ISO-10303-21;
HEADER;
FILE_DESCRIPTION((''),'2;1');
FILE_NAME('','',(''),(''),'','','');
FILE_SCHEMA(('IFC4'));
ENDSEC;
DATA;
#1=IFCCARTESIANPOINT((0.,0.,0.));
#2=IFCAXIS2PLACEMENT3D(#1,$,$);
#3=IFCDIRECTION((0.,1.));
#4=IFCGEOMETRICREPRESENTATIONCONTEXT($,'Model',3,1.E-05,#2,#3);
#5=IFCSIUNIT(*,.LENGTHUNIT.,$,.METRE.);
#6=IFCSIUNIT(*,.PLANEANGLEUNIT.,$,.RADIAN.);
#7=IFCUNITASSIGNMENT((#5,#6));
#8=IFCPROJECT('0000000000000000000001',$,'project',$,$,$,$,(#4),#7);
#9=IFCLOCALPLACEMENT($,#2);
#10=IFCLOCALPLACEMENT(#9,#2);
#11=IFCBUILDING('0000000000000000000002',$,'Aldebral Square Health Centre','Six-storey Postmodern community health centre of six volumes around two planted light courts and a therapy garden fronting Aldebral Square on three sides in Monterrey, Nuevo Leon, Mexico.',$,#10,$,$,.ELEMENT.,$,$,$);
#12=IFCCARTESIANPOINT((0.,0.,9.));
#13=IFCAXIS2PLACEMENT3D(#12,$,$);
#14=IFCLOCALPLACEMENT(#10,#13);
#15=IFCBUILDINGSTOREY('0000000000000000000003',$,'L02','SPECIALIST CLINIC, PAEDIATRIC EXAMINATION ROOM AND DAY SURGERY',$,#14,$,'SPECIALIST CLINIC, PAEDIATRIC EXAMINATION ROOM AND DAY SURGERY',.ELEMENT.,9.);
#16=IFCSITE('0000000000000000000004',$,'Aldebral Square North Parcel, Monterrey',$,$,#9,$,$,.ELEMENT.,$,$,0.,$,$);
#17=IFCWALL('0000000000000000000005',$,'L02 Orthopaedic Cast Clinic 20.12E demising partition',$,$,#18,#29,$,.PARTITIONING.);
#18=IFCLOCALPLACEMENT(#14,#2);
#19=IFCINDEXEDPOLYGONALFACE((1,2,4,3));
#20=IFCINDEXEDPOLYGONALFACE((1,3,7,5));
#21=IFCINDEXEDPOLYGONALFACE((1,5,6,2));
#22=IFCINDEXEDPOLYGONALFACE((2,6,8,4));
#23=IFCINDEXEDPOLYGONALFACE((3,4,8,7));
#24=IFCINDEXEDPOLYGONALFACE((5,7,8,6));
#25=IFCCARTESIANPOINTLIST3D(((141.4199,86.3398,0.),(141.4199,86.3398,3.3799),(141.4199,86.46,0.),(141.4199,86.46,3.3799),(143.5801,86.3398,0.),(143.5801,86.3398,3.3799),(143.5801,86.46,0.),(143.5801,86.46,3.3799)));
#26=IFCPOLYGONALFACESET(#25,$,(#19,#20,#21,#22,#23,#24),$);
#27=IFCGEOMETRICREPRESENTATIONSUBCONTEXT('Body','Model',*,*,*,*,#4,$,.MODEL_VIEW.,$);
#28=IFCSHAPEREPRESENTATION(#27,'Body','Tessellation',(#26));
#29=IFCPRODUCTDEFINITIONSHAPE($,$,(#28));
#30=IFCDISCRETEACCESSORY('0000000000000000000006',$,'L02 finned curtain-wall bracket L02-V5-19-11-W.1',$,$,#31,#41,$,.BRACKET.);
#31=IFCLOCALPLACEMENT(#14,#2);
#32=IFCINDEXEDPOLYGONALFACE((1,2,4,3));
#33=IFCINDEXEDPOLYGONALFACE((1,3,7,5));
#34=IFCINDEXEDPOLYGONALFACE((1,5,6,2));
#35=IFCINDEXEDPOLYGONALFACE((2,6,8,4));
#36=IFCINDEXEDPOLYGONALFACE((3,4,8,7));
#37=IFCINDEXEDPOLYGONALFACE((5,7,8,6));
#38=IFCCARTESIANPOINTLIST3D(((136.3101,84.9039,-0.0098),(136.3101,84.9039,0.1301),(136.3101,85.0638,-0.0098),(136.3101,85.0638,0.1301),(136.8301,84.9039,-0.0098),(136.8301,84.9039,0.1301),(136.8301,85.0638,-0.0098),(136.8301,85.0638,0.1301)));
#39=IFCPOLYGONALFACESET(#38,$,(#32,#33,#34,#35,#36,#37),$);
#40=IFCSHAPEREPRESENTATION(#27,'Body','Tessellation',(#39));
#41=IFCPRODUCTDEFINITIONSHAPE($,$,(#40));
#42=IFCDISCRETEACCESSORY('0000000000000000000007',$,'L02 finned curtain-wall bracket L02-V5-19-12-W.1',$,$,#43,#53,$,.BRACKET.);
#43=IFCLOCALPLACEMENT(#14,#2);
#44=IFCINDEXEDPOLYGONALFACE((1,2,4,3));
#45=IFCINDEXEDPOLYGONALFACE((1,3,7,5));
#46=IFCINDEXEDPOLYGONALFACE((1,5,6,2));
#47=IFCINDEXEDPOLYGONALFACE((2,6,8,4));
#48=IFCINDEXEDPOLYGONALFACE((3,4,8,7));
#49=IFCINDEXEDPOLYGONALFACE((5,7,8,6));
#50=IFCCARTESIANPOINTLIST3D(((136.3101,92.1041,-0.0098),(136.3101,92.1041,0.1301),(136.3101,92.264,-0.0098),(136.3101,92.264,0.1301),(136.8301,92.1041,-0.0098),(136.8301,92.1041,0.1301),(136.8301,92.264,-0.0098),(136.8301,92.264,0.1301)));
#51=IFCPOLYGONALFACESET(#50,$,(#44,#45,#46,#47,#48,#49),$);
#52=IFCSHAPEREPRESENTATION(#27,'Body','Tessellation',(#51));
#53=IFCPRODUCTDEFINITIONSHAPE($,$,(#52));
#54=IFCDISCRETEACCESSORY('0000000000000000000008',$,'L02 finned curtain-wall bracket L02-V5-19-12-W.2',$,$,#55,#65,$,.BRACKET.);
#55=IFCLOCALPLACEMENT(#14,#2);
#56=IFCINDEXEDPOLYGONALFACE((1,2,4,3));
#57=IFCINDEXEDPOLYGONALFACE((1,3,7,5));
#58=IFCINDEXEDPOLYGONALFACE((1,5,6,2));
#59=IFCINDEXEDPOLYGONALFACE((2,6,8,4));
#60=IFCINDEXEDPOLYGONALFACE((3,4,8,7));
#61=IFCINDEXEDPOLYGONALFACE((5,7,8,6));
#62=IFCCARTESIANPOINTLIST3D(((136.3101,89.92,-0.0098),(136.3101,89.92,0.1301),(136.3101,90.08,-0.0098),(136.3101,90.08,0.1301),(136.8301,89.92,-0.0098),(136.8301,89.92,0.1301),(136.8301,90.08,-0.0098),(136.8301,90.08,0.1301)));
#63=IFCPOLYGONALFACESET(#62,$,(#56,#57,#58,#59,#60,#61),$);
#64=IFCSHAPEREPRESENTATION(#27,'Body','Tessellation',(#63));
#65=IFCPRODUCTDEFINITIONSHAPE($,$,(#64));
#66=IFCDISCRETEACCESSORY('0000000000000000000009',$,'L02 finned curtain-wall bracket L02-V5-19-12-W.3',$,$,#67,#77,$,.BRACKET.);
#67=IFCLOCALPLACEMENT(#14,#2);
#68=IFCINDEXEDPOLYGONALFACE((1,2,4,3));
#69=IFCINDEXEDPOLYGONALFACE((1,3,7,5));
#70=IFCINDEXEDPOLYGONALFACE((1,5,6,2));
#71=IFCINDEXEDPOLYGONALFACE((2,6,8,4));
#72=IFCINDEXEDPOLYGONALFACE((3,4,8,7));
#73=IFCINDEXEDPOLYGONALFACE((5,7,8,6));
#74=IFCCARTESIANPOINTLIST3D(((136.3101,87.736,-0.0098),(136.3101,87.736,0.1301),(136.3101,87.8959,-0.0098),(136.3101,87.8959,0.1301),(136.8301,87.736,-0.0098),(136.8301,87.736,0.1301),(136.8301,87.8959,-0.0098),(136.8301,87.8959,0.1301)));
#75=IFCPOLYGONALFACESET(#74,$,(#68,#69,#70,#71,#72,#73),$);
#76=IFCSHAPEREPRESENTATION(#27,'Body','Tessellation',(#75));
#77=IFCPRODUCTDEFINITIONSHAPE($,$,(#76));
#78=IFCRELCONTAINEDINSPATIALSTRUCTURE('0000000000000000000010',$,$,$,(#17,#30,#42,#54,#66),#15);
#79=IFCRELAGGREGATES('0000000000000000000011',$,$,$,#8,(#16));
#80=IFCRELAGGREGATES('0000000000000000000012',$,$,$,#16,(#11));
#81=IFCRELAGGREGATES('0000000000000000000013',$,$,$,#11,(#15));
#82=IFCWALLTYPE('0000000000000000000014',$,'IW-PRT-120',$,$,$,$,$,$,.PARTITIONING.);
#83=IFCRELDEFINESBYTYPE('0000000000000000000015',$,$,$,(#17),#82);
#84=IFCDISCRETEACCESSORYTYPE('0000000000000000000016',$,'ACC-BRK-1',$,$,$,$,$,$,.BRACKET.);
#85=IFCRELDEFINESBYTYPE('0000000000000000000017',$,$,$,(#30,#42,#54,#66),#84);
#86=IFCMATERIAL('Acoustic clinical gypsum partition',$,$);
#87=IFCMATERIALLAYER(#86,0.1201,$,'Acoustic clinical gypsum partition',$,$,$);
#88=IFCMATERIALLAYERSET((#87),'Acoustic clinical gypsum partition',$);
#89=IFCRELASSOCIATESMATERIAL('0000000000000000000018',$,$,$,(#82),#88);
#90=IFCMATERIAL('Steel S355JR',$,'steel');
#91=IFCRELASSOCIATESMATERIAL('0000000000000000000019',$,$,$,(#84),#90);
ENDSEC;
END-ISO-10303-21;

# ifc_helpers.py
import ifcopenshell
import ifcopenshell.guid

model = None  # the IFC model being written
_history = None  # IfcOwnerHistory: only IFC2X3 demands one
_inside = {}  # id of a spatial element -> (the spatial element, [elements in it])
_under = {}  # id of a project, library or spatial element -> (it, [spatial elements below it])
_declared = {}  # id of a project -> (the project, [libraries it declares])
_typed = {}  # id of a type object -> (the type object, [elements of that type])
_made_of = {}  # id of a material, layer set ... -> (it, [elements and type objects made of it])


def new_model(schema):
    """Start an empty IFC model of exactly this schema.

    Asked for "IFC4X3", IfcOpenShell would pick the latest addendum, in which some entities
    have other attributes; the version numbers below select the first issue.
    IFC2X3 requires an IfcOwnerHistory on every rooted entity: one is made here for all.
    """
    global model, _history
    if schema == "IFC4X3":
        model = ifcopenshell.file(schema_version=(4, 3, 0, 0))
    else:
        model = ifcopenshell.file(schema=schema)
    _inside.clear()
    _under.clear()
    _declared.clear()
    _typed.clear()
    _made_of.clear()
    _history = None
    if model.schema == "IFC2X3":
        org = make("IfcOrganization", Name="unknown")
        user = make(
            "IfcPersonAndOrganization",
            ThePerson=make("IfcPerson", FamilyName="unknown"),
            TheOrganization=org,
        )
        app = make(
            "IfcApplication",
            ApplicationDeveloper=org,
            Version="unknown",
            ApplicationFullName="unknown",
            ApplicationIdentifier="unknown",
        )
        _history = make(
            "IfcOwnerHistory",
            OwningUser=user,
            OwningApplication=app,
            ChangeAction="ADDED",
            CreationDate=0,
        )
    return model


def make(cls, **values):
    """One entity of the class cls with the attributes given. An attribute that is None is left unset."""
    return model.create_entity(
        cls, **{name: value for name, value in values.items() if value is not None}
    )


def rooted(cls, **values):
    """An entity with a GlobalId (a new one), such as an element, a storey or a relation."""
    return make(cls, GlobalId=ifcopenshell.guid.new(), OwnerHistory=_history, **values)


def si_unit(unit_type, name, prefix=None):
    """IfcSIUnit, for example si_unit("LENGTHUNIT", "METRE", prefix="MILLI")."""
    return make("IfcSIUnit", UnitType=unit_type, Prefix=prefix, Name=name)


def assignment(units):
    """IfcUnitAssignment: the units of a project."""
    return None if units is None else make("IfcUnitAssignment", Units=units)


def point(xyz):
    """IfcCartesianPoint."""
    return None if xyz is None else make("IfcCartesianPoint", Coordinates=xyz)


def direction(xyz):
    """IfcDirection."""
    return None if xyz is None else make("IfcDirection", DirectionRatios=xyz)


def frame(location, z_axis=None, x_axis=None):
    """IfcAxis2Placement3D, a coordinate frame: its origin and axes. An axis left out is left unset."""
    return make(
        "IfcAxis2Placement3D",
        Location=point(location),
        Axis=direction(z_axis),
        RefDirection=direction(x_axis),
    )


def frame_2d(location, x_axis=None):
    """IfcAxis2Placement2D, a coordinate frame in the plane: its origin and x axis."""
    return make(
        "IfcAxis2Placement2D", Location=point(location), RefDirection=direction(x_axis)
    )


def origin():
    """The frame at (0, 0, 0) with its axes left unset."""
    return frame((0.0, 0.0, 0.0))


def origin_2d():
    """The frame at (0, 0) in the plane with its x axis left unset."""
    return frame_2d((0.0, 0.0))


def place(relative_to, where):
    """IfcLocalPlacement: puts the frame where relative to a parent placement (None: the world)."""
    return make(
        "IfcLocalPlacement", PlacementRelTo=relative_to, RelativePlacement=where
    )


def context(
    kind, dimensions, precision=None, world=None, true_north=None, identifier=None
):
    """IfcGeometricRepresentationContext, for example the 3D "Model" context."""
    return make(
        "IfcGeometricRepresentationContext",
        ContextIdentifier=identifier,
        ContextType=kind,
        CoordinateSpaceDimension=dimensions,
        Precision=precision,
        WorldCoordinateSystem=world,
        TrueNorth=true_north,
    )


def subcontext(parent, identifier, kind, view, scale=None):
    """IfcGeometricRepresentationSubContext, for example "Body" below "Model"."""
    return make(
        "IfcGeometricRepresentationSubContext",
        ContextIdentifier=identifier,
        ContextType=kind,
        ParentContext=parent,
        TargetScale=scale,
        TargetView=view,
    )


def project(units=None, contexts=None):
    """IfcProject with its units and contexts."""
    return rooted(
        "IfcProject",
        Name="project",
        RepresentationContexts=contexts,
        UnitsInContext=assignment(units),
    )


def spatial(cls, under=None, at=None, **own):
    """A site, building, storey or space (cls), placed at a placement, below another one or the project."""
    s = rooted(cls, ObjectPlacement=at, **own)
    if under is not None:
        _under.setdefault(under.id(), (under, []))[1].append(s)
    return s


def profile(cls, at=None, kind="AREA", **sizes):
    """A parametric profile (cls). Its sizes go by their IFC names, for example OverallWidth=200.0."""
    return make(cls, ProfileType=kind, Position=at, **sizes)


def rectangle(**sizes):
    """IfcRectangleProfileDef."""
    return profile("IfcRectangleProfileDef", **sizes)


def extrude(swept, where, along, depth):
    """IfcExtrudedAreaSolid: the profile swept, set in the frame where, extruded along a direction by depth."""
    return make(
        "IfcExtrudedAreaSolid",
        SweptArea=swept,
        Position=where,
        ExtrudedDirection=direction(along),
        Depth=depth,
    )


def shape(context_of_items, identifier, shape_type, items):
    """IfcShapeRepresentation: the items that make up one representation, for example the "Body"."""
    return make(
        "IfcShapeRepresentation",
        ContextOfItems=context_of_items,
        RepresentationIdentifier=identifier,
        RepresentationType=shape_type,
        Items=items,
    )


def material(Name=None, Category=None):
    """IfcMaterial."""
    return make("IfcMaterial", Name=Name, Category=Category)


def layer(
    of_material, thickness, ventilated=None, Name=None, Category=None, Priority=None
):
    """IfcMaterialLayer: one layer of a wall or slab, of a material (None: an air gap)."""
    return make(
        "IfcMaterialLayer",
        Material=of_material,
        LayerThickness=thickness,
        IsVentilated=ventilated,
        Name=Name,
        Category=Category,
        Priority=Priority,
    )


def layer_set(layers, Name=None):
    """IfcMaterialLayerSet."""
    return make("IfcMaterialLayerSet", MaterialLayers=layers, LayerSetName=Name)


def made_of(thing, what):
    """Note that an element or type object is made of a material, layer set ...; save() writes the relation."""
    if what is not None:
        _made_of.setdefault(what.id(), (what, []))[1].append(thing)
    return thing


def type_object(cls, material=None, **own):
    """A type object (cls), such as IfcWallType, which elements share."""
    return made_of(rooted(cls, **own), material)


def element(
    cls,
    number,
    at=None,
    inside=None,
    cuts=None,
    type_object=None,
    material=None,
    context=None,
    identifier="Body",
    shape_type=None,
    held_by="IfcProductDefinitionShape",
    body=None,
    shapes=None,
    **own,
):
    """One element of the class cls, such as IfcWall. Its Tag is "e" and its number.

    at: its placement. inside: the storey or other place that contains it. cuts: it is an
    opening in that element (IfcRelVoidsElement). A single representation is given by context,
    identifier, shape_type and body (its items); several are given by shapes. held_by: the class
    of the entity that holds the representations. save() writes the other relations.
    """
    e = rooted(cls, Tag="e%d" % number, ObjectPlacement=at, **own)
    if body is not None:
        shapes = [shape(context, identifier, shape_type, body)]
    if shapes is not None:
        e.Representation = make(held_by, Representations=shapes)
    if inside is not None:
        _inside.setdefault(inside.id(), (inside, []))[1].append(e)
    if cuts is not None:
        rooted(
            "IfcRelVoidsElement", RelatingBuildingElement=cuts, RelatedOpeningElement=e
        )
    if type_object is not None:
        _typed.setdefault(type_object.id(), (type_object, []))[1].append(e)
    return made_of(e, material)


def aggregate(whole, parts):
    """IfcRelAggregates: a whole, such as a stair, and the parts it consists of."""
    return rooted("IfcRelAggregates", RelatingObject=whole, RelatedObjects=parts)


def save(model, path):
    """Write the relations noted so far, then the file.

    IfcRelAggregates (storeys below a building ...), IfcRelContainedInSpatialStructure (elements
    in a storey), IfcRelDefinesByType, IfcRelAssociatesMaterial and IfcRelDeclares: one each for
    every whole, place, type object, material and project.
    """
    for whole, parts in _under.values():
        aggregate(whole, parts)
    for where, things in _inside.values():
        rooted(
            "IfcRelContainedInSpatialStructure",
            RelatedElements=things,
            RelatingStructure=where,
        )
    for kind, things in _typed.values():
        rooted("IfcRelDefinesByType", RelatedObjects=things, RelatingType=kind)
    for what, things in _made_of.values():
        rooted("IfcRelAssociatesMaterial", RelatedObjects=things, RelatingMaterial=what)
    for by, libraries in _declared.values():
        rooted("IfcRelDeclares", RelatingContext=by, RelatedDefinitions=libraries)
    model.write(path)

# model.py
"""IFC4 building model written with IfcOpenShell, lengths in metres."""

from ifc_helpers import new_model, si_unit, direction, frame, frame_2d, origin, origin_2d, place, context, subcontext, project, spatial, rectangle, extrude, material, layer, layer_set, type_object, element, save


model = new_model("IFC4")

# Units and contexts
model_context = context("Model", 3, precision=1e-05, world=origin(), true_north=direction((0.0, 1.0)))
body_context = subcontext(model_context, "Body", "Model", "MODEL_VIEW")
ifc_project = project(units=[si_unit("LENGTHUNIT", "METRE"), si_unit("PLANEANGLEUNIT", "RADIAN")], contexts=[model_context])

# Site, building, storey
site_placement = place(None, origin())
site = spatial("IfcSite", under=ifc_project, at=site_placement, Name="Aldebral Square North Parcel, Monterrey", CompositionType="ELEMENT", RefElevation=0.0)
building_placement = place(site_placement, origin())
building = spatial("IfcBuilding", under=site, at=building_placement, Name="Aldebral Square Health Centre", Description="Six-storey Postmodern community health centre of six volumes around two planted light courts and a therapy garden fronting Aldebral Square on three sides in Monterrey, Nuevo Leon, Mexico.", CompositionType="ELEMENT")
storey_placement = place(building_placement, frame((0.0, 0.0, 9.0)))
storey = spatial("IfcBuildingStorey", under=building, at=storey_placement, Name="L02", Description="SPECIALIST CLINIC, PAEDIATRIC EXAMINATION ROOM AND DAY SURGERY", LongName="SPECIALIST CLINIC, PAEDIATRIC EXAMINATION ROOM AND DAY SURGERY", CompositionType="ELEMENT", Elevation=9.0)

# Wall
ifc_material_1 = material(Name="Acoustic clinical gypsum partition")
ifc_layer_1 = layer(ifc_material_1, 0.1201, Name="Acoustic clinical gypsum partition")
ifc_layer_set_1 = layer_set([ifc_layer_1], Name="Acoustic clinical gypsum partition")
wall_type_1 = type_object("IfcWallType", Name="IW-PRT-120", PredefinedType="PARTITIONING", material=ifc_layer_set_1)
wall_1_placement = place(storey_placement, frame((141.4199, 86.3999, 0.0), z_axis=(0.0, 0.0, 1.0), x_axis=(1.0, 0.0, 0.0)))
element("IfcWall", 1, at=wall_1_placement, inside=storey, type_object=wall_type_1, Name="L02 Orthopaedic Cast Clinic 20.12E demising partition", PredefinedType="PARTITIONING", context=body_context, shape_type="SweptSolid", body=[
    extrude(rectangle(XDim=2.1602, YDim=0.1201, at=frame_2d((1.0801, 0.0))), origin(), (0.0, 0.0, 1.0), 3.3799),
])

# Discrete accessories
ifc_material_2 = material(Name="Steel S355JR", Category="steel")
discrete_accessory_type = type_object("IfcDiscreteAccessoryType", Name="ACC-BRK-1", PredefinedType="BRACKET", material=ifc_material_2)
for number, where, z_axis, x_axis, name in (
    (2, (136.5701, 84.9839, -0.0098), (0.0, 0.0, 1.0), (0.0, 1.0, 0.0), "L02 finned curtain-wall bracket L02-V5-19-11-W.1"),
    (3, (136.5701, 92.1841, -0.0098), (0.0, 0.0, 1.0), (0.0, 1.0, 0.0), "L02 finned curtain-wall bracket L02-V5-19-12-W.1"),
    (4, (136.5701, 90.0, -0.0098), (0.0, 0.0, 1.0), (0.0, 1.0, 0.0), "L02 finned curtain-wall bracket L02-V5-19-12-W.2"),
    (5, (136.5701, 87.8159, -0.0098), (0.0, 0.0, 1.0), (0.0, 1.0, 0.0), "L02 finned curtain-wall bracket L02-V5-19-12-W.3"),
):
    element("IfcDiscreteAccessory", number, at=place(storey_placement, frame(where, z_axis=z_axis, x_axis=x_axis)), inside=storey, type_object=discrete_accessory_type, Name=name, PredefinedType="BRACKET", context=body_context, shape_type="SweptSolid", body=[
        extrude(rectangle(XDim=0.1599, YDim=0.52, at=origin_2d()), origin(), (0.0, 0.0, 1.0), 0.1399),
    ])

save(model, "model.ifc")
